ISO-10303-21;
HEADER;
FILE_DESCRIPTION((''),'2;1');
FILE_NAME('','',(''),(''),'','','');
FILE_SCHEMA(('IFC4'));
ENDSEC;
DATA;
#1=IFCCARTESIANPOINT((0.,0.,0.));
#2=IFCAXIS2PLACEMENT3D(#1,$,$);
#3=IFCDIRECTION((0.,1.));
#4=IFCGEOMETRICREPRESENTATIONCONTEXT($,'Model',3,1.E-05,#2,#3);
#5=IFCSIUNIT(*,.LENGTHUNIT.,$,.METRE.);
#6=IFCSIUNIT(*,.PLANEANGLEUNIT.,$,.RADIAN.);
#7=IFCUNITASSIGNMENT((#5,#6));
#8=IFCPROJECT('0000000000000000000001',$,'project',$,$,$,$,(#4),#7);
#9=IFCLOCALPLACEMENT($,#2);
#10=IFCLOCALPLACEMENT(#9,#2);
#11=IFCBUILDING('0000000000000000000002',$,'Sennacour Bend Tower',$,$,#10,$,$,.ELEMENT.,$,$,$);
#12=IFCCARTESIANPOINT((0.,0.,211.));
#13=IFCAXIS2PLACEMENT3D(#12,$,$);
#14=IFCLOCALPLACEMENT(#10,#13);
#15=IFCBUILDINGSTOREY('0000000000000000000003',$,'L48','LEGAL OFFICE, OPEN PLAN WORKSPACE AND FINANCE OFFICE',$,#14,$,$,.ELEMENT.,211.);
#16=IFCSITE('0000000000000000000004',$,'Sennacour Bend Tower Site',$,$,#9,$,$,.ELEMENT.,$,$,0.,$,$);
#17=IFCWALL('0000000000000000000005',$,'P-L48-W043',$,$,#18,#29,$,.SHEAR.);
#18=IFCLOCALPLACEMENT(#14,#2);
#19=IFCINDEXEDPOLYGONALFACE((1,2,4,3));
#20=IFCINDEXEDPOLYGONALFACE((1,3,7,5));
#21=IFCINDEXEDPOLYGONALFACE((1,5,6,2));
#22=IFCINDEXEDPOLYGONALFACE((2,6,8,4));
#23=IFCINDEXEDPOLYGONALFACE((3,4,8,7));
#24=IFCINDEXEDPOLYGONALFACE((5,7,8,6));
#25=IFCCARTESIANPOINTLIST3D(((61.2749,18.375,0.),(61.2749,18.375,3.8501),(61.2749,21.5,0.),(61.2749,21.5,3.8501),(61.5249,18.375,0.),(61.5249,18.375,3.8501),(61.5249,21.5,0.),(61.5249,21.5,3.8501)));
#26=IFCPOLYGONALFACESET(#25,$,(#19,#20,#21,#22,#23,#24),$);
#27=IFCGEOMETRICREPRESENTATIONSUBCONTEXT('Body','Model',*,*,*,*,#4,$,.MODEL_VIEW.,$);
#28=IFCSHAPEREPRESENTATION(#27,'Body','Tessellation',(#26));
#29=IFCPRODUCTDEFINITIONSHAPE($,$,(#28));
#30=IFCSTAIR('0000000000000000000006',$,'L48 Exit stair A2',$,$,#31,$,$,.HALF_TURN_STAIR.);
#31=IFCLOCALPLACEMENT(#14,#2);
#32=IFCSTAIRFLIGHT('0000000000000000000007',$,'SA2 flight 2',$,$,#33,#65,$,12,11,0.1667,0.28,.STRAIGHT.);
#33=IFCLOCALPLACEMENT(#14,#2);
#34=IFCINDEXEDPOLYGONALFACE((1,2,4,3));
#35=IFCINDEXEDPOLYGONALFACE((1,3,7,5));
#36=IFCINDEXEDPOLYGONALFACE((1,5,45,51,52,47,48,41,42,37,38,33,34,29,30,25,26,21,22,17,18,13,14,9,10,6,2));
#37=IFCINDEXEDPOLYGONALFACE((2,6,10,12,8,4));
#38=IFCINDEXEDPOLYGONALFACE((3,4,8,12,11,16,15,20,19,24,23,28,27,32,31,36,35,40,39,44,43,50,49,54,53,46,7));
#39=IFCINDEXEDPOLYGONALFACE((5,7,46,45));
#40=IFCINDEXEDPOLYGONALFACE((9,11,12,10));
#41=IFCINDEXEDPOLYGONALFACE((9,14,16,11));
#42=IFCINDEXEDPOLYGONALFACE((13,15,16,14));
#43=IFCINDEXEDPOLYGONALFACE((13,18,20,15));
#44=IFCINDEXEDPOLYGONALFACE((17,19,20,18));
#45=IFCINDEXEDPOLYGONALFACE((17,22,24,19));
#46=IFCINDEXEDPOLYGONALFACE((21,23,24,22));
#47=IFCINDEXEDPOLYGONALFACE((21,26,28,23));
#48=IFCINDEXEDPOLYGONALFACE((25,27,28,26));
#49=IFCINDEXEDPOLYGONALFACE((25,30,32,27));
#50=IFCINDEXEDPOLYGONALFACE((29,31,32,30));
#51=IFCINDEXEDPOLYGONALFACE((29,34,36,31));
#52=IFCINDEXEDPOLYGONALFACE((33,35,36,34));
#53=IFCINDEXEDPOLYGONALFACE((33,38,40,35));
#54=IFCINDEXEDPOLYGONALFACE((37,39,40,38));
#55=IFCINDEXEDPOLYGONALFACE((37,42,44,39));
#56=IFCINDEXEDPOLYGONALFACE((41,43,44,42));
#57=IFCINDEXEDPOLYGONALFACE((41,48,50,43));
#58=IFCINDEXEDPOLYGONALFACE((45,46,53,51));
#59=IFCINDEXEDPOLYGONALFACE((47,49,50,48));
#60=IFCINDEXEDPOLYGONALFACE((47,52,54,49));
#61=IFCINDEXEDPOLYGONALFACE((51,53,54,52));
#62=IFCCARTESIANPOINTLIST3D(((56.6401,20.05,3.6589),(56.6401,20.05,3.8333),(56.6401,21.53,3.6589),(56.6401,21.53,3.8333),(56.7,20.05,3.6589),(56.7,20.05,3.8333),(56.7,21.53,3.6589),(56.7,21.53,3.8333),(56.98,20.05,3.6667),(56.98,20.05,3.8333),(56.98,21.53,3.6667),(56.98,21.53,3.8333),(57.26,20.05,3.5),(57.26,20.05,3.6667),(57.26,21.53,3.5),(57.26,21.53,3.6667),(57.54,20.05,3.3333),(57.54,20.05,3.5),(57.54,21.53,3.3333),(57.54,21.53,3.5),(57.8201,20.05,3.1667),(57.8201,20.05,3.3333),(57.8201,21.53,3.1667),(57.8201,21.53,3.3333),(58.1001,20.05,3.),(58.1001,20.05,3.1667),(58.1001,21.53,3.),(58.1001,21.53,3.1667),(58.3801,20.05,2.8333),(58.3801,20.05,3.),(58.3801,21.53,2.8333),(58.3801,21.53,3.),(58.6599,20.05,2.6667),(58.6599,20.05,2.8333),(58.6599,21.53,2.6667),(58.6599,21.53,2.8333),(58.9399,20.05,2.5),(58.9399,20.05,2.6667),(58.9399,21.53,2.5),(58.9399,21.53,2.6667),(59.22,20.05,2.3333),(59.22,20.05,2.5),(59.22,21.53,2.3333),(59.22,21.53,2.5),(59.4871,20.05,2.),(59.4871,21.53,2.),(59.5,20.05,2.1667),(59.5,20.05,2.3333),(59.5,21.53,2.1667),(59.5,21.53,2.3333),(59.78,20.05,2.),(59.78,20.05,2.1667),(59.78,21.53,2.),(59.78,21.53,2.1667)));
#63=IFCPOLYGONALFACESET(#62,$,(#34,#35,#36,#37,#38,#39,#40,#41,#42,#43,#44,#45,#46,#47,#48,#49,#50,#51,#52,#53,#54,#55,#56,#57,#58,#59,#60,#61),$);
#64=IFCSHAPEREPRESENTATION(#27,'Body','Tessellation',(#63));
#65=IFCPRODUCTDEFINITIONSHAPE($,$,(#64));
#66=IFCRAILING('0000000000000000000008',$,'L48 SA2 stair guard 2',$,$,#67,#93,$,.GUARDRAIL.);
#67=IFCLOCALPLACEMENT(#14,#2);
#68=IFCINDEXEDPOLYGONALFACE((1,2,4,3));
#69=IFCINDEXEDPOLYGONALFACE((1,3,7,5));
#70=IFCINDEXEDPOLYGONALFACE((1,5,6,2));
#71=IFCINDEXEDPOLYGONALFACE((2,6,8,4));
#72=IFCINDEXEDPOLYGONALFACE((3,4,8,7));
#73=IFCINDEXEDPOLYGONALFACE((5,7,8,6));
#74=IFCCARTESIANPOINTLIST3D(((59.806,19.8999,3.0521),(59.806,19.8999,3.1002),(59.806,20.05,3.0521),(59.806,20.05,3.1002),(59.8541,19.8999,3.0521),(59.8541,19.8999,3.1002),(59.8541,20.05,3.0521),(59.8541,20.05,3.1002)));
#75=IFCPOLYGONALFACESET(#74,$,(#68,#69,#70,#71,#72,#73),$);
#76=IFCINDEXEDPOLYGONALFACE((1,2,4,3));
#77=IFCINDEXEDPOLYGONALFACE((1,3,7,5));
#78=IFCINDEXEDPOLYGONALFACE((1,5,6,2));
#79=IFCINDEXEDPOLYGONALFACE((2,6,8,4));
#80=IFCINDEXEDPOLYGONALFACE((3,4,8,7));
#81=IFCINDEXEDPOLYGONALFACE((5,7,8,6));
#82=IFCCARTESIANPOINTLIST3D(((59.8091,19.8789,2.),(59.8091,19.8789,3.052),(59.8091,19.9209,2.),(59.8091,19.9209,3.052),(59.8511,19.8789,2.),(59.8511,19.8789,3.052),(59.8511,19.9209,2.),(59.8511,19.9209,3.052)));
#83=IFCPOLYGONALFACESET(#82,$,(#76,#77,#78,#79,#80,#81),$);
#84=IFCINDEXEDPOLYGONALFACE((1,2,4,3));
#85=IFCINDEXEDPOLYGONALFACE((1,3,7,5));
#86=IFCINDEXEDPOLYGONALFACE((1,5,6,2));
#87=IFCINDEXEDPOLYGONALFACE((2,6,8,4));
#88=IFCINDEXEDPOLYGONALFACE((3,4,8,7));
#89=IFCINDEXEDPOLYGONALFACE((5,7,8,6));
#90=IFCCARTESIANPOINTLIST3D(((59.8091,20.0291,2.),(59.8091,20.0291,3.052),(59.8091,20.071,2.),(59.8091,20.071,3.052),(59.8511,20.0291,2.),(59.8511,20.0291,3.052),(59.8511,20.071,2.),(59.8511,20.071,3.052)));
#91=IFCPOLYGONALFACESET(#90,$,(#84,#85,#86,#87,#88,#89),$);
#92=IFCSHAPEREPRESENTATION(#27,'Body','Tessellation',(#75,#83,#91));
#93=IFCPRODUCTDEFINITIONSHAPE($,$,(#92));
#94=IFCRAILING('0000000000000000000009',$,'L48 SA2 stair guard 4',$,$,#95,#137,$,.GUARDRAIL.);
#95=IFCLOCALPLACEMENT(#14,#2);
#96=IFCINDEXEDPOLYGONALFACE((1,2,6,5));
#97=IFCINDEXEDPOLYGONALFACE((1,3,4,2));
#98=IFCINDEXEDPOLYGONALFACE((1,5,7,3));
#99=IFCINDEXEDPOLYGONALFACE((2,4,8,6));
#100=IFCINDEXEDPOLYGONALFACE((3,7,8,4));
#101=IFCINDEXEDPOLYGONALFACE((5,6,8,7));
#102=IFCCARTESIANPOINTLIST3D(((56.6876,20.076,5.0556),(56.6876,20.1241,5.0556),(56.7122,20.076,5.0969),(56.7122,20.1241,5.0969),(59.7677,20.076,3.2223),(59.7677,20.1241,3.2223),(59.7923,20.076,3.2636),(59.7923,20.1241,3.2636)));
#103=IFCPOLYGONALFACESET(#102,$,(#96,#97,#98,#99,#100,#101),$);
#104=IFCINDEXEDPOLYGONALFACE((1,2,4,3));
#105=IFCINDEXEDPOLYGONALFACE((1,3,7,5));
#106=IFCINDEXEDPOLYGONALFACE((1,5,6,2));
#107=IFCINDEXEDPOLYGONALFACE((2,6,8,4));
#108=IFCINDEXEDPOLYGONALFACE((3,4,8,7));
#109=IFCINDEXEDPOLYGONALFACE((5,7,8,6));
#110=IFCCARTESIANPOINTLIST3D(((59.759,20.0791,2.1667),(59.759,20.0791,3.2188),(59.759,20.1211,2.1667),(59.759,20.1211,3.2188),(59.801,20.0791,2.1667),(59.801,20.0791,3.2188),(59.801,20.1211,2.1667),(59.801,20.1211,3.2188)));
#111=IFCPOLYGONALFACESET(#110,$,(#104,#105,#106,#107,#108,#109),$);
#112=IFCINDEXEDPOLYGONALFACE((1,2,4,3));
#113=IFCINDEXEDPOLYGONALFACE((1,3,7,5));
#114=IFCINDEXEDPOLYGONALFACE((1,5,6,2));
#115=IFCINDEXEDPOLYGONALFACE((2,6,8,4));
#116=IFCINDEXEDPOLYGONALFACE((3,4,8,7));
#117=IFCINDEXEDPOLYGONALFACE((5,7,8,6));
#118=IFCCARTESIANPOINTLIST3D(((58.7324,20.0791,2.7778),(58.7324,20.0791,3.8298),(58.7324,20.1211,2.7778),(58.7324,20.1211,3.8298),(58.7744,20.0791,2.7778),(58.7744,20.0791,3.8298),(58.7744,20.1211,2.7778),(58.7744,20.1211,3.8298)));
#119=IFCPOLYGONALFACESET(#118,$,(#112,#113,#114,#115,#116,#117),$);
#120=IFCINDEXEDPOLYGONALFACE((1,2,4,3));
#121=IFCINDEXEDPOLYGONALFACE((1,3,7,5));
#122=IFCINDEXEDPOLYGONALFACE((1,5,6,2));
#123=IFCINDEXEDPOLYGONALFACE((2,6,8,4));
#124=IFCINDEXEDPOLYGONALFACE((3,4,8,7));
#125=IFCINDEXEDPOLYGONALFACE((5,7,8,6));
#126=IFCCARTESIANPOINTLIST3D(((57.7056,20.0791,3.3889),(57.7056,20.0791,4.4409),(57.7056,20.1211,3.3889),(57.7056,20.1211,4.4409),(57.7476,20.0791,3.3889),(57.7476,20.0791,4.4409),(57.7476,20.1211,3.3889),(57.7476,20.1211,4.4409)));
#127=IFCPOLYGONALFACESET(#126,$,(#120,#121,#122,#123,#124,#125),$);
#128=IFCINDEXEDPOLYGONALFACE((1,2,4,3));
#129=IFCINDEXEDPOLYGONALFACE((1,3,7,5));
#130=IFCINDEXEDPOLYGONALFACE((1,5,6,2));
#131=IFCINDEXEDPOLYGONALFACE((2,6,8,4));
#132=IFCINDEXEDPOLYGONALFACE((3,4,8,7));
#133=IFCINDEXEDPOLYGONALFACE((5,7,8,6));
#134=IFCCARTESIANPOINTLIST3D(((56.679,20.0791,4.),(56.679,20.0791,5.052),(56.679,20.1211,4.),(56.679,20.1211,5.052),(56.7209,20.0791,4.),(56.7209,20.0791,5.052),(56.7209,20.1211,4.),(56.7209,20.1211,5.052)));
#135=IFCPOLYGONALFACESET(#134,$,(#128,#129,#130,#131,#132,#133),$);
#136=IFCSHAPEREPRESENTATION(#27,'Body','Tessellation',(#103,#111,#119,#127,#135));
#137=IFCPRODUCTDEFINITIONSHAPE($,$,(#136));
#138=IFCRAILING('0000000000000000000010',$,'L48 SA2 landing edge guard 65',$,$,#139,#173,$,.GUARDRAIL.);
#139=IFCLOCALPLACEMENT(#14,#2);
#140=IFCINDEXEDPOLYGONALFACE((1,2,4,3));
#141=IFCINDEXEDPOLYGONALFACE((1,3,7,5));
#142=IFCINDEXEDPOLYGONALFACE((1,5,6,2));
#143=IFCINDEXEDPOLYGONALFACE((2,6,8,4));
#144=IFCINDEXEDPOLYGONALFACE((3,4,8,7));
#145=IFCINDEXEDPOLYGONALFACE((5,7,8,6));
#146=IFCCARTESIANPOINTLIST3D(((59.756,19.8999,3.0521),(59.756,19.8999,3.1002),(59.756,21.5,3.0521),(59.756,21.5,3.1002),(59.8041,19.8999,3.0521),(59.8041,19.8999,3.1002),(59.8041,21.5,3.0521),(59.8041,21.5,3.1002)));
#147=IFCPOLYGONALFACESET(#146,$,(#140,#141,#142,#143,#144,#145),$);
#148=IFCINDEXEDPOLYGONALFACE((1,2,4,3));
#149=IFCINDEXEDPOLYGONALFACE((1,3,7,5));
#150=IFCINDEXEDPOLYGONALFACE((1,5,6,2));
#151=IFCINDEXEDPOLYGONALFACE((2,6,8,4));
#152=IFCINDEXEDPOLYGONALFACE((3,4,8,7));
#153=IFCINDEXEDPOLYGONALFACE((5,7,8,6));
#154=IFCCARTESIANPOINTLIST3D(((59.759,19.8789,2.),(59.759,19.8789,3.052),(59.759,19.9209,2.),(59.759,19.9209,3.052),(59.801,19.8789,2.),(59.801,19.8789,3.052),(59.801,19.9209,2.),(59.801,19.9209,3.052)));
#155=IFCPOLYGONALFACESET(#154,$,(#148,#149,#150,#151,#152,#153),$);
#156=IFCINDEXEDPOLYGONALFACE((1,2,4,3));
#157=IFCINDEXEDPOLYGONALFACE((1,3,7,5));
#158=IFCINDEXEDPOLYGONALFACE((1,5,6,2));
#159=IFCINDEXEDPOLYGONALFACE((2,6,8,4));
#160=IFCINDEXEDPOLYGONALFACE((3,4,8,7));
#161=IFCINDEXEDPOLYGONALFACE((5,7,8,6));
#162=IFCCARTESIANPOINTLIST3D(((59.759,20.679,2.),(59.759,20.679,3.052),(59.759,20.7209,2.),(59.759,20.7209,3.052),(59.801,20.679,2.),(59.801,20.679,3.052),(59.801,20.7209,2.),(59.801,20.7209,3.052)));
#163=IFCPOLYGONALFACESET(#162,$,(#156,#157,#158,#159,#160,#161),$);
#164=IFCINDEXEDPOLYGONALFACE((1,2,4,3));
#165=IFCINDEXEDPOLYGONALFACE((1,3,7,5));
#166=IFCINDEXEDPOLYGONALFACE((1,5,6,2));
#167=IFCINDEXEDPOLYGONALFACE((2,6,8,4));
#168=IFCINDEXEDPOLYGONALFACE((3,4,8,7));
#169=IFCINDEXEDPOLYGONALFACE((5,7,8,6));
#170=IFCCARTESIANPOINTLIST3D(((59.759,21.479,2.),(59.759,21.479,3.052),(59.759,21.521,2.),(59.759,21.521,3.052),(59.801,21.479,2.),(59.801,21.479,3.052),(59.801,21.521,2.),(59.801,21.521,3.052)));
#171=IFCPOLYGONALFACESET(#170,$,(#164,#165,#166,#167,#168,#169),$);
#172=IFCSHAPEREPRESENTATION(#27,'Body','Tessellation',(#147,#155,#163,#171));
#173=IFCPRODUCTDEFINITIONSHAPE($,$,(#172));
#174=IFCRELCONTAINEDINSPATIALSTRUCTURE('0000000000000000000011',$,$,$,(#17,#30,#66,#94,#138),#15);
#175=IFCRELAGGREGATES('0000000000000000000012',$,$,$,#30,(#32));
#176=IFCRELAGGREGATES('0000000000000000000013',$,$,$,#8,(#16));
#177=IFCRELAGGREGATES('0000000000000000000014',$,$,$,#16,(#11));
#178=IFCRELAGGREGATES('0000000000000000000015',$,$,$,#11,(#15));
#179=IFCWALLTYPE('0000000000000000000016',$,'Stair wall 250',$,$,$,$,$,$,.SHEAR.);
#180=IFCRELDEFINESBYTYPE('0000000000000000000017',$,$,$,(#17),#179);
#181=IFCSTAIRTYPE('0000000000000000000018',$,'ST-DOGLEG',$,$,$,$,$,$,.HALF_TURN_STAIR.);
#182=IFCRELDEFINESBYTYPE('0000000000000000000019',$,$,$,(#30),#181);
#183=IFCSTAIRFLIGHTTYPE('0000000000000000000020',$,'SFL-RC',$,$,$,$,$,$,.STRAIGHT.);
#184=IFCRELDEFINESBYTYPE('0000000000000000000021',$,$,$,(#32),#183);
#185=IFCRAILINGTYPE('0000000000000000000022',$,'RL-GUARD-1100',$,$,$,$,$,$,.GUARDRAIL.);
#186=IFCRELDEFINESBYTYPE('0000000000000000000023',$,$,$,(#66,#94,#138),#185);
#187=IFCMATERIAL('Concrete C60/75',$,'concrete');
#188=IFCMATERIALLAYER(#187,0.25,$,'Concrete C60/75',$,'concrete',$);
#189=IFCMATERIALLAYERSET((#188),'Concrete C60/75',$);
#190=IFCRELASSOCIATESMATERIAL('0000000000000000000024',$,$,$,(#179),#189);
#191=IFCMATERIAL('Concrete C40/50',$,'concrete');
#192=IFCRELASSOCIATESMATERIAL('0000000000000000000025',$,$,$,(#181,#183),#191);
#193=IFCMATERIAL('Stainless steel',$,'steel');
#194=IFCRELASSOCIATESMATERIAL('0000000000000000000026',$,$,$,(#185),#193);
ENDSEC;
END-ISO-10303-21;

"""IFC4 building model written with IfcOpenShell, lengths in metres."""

from ifc_helpers import new_model, si_unit, direction, frame, frame_2d, origin, origin_2d, place, context, subcontext, project, spatial, polyline, rectangle, outline, extrude, material, layer, layer_set, type_object, element, aggregate, save


model = new_model("IFC4")

# Units and contexts
model_context = context("Model", 3, precision=1e-05, world=origin(), true_north=direction((0.0, 1.0)))
body_context = subcontext(model_context, "Body", "Model", "MODEL_VIEW")
ifc_project = project(units=[si_unit("LENGTHUNIT", "METRE"), si_unit("PLANEANGLEUNIT", "RADIAN")], contexts=[model_context])

# Site, building, storey
site_placement = place(None, origin())
site = spatial("IfcSite", under=ifc_project, at=site_placement, Name="Sennacour Bend Tower Site", CompositionType="ELEMENT", RefElevation=0.0)
building_placement = place(site_placement, origin())
building = spatial("IfcBuilding", under=site, at=building_placement, Name="Sennacour Bend Tower", CompositionType="ELEMENT")
storey_placement = place(building_placement, frame((0.0, 0.0, 211.0)))
storey = spatial("IfcBuildingStorey", under=building, at=storey_placement, Name="L48", Description="LEGAL OFFICE, OPEN PLAN WORKSPACE AND FINANCE OFFICE", CompositionType="ELEMENT", Elevation=211.0)

# Shared definitions
ifc_material_1 = material(Name="Stainless steel", Category="steel")

# Wall
ifc_material_2 = material(Name="Concrete C60/75", Category="concrete")
ifc_layer_1 = layer(ifc_material_2, 0.25, Name="Concrete C60/75", Category="concrete")
ifc_layer_set_1 = layer_set([ifc_layer_1], Name="Concrete C60/75")
wall_type_1 = type_object("IfcWallType", Name="Stair wall 250", PredefinedType="SHEAR", material=ifc_layer_set_1)
wall_1_placement = place(storey_placement, frame((61.3999, 18.375, 0.0), z_axis=(0.0, 0.0, 1.0), x_axis=(0.0, 1.0, 0.0)))
element("IfcWall", 1, at=wall_1_placement, inside=storey, type_object=wall_type_1, Name="P-L48-W043", PredefinedType="SHEAR", context=body_context, shape_type="SweptSolid", body=[
    extrude(rectangle(XDim=3.125, YDim=0.25, at=frame_2d((1.5625, 0.0))), origin(), (0.0, 0.0, 1.0), 3.8501),
])

# Stair, stair flight
ifc_material_3 = material(Name="Concrete C40/50", Category="concrete")
stair_type = type_object("IfcStairType", Name="ST-DOGLEG", PredefinedType="HALF_TURN_STAIR", material=ifc_material_3)
stair_placement = place(storey_placement, origin())
stair = element("IfcStair", 2, at=stair_placement, inside=storey, type_object=stair_type, Name="L48 Exit stair A2", PredefinedType="HALF_TURN_STAIR")
stair_flight_type = type_object("IfcStairFlightType", Name="SFL-RC", PredefinedType="STRAIGHT", material=ifc_material_3)
stair_flight_placement = place(storey_placement, frame((59.78, 20.79, 2.0), z_axis=(0.0, 0.0, 1.0), x_axis=(-1.0, 0.0, 0.0)))
stair_flight = element("IfcStairFlight", 3, at=stair_flight_placement, type_object=stair_flight_type, Name="SA2 flight 2", NumberOfRisers=12, NumberOfTreads=11, PredefinedType="STRAIGHT", RiserHeight=0.1667, TreadLength=0.28, context=body_context, shape_type="SweptSolid", body=[
    extrude(outline(polyline([(0.0, 0.0), (0.0, 0.1667), (0.28, 0.1667), (0.28, 0.3333), (0.5601, 0.3333), (0.5601, 0.5), (0.8401, 0.5), (0.8401, 0.6667), (1.1201, 0.6667), (1.1201, 0.8333), (1.3999, 0.8333), (1.3999, 1.0), (1.6799, 1.0), (1.6799, 1.1667), (1.96, 1.1667), (1.96, 1.3333), (2.24, 1.3333), (2.24, 1.5), (2.52, 1.5), (2.52, 1.6667), (2.8, 1.6667), (2.8, 1.8333), (3.0801, 1.8333), (3.1399, 1.8333), (3.1399, 1.6589), (3.0801, 1.6589), (0.293, 0.0), (0.0, 0.0)])), frame((0.0, 0.74, 0.0), z_axis=(0.0, -1.0, 0.0), x_axis=(1.0, 0.0, 0.0)), (0.0, 0.0, 1.0), 1.48),
])
aggregate(stair, [stair_flight])

# Railings
railing_type_1 = type_object("IfcRailingType", Name="RL-GUARD-1100", PredefinedType="GUARDRAIL", material=ifc_material_1)
railing_1_placement = place(storey_placement, frame((59.8301, 19.8999, 2.0)))
element("IfcRailing", 4, at=railing_1_placement, inside=storey, type_object=railing_type_1, Name="L48 SA2 stair guard 2", PredefinedType="GUARDRAIL", context=body_context, shape_type="SweptSolid", body=[
    extrude(rectangle(XDim=0.0481, YDim=0.0481, at=origin_2d()), frame((0.0, 0.0, 1.0762), z_axis=(0.0, 1.0, 0.0), x_axis=(-1.0, 0.0, 0.0)), (0.0, 0.0, 1.0), 0.1501),
    extrude(rectangle(XDim=0.042, YDim=0.042, at=origin_2d()), origin(), (0.0, 0.0, 1.0), 1.052),
    extrude(rectangle(XDim=0.042, YDim=0.042, at=origin_2d()), frame((0.0, 0.1501, 0.0)), (0.0, 0.0, 1.0), 1.052),
])
railing_2_placement = place(storey_placement, frame((59.78, 20.1001, 2.1667)))
element("IfcRailing", 5, at=railing_2_placement, inside=storey, type_object=railing_type_1, Name="L48 SA2 stair guard 4", PredefinedType="GUARDRAIL", context=body_context, shape_type="SweptSolid", body=[
    extrude(rectangle(XDim=0.0481, YDim=0.0481, at=origin_2d()), frame((0.0, 0.0, 1.0762), z_axis=(-0.859309, 0.0, 0.511458), x_axis=(0.0, -1.0, 0.0)), (0.0, 0.0, 1.0), 3.5845),
    extrude(rectangle(XDim=0.042, YDim=0.042, at=origin_2d()), origin(), (0.0, 0.0, 1.0), 1.052),
    extrude(rectangle(XDim=0.042, YDim=0.042, at=origin_2d()), frame((-1.0266, 0.0, 0.6111)), (0.0, 0.0, 1.0), 1.052),
    extrude(rectangle(XDim=0.042, YDim=0.042, at=origin_2d()), frame((-2.0535, 0.0, 1.2222)), (0.0, 0.0, 1.0), 1.052),
    extrude(rectangle(XDim=0.042, YDim=0.042, at=origin_2d()), frame((-3.0801, 0.0, 1.8333)), (0.0, 0.0, 1.0), 1.052),
])
railing_3_placement = place(storey_placement, frame((59.78, 19.8999, 2.0)))
element("IfcRailing", 6, at=railing_3_placement, inside=storey, type_object=railing_type_1, Name="L48 SA2 landing edge guard 65", PredefinedType="GUARDRAIL", context=body_context, shape_type="SweptSolid", body=[
    extrude(rectangle(XDim=0.0481, YDim=0.0481, at=origin_2d()), frame((0.0, 0.0, 1.0762), z_axis=(0.0, 1.0, 0.0), x_axis=(-1.0, 0.0, 0.0)), (0.0, 0.0, 1.0), 1.6001),
    extrude(rectangle(XDim=0.042, YDim=0.042, at=origin_2d()), origin(), (0.0, 0.0, 1.0), 1.052),
    extrude(rectangle(XDim=0.042, YDim=0.042, at=origin_2d()), frame((0.0, 0.8, 0.0)), (0.0, 0.0, 1.0), 1.052),
    extrude(rectangle(XDim=0.042, YDim=0.042, at=origin_2d()), frame((0.0, 1.6001, 0.0)), (0.0, 0.0, 1.0), 1.052),
])

save(model, "model.ifc")
